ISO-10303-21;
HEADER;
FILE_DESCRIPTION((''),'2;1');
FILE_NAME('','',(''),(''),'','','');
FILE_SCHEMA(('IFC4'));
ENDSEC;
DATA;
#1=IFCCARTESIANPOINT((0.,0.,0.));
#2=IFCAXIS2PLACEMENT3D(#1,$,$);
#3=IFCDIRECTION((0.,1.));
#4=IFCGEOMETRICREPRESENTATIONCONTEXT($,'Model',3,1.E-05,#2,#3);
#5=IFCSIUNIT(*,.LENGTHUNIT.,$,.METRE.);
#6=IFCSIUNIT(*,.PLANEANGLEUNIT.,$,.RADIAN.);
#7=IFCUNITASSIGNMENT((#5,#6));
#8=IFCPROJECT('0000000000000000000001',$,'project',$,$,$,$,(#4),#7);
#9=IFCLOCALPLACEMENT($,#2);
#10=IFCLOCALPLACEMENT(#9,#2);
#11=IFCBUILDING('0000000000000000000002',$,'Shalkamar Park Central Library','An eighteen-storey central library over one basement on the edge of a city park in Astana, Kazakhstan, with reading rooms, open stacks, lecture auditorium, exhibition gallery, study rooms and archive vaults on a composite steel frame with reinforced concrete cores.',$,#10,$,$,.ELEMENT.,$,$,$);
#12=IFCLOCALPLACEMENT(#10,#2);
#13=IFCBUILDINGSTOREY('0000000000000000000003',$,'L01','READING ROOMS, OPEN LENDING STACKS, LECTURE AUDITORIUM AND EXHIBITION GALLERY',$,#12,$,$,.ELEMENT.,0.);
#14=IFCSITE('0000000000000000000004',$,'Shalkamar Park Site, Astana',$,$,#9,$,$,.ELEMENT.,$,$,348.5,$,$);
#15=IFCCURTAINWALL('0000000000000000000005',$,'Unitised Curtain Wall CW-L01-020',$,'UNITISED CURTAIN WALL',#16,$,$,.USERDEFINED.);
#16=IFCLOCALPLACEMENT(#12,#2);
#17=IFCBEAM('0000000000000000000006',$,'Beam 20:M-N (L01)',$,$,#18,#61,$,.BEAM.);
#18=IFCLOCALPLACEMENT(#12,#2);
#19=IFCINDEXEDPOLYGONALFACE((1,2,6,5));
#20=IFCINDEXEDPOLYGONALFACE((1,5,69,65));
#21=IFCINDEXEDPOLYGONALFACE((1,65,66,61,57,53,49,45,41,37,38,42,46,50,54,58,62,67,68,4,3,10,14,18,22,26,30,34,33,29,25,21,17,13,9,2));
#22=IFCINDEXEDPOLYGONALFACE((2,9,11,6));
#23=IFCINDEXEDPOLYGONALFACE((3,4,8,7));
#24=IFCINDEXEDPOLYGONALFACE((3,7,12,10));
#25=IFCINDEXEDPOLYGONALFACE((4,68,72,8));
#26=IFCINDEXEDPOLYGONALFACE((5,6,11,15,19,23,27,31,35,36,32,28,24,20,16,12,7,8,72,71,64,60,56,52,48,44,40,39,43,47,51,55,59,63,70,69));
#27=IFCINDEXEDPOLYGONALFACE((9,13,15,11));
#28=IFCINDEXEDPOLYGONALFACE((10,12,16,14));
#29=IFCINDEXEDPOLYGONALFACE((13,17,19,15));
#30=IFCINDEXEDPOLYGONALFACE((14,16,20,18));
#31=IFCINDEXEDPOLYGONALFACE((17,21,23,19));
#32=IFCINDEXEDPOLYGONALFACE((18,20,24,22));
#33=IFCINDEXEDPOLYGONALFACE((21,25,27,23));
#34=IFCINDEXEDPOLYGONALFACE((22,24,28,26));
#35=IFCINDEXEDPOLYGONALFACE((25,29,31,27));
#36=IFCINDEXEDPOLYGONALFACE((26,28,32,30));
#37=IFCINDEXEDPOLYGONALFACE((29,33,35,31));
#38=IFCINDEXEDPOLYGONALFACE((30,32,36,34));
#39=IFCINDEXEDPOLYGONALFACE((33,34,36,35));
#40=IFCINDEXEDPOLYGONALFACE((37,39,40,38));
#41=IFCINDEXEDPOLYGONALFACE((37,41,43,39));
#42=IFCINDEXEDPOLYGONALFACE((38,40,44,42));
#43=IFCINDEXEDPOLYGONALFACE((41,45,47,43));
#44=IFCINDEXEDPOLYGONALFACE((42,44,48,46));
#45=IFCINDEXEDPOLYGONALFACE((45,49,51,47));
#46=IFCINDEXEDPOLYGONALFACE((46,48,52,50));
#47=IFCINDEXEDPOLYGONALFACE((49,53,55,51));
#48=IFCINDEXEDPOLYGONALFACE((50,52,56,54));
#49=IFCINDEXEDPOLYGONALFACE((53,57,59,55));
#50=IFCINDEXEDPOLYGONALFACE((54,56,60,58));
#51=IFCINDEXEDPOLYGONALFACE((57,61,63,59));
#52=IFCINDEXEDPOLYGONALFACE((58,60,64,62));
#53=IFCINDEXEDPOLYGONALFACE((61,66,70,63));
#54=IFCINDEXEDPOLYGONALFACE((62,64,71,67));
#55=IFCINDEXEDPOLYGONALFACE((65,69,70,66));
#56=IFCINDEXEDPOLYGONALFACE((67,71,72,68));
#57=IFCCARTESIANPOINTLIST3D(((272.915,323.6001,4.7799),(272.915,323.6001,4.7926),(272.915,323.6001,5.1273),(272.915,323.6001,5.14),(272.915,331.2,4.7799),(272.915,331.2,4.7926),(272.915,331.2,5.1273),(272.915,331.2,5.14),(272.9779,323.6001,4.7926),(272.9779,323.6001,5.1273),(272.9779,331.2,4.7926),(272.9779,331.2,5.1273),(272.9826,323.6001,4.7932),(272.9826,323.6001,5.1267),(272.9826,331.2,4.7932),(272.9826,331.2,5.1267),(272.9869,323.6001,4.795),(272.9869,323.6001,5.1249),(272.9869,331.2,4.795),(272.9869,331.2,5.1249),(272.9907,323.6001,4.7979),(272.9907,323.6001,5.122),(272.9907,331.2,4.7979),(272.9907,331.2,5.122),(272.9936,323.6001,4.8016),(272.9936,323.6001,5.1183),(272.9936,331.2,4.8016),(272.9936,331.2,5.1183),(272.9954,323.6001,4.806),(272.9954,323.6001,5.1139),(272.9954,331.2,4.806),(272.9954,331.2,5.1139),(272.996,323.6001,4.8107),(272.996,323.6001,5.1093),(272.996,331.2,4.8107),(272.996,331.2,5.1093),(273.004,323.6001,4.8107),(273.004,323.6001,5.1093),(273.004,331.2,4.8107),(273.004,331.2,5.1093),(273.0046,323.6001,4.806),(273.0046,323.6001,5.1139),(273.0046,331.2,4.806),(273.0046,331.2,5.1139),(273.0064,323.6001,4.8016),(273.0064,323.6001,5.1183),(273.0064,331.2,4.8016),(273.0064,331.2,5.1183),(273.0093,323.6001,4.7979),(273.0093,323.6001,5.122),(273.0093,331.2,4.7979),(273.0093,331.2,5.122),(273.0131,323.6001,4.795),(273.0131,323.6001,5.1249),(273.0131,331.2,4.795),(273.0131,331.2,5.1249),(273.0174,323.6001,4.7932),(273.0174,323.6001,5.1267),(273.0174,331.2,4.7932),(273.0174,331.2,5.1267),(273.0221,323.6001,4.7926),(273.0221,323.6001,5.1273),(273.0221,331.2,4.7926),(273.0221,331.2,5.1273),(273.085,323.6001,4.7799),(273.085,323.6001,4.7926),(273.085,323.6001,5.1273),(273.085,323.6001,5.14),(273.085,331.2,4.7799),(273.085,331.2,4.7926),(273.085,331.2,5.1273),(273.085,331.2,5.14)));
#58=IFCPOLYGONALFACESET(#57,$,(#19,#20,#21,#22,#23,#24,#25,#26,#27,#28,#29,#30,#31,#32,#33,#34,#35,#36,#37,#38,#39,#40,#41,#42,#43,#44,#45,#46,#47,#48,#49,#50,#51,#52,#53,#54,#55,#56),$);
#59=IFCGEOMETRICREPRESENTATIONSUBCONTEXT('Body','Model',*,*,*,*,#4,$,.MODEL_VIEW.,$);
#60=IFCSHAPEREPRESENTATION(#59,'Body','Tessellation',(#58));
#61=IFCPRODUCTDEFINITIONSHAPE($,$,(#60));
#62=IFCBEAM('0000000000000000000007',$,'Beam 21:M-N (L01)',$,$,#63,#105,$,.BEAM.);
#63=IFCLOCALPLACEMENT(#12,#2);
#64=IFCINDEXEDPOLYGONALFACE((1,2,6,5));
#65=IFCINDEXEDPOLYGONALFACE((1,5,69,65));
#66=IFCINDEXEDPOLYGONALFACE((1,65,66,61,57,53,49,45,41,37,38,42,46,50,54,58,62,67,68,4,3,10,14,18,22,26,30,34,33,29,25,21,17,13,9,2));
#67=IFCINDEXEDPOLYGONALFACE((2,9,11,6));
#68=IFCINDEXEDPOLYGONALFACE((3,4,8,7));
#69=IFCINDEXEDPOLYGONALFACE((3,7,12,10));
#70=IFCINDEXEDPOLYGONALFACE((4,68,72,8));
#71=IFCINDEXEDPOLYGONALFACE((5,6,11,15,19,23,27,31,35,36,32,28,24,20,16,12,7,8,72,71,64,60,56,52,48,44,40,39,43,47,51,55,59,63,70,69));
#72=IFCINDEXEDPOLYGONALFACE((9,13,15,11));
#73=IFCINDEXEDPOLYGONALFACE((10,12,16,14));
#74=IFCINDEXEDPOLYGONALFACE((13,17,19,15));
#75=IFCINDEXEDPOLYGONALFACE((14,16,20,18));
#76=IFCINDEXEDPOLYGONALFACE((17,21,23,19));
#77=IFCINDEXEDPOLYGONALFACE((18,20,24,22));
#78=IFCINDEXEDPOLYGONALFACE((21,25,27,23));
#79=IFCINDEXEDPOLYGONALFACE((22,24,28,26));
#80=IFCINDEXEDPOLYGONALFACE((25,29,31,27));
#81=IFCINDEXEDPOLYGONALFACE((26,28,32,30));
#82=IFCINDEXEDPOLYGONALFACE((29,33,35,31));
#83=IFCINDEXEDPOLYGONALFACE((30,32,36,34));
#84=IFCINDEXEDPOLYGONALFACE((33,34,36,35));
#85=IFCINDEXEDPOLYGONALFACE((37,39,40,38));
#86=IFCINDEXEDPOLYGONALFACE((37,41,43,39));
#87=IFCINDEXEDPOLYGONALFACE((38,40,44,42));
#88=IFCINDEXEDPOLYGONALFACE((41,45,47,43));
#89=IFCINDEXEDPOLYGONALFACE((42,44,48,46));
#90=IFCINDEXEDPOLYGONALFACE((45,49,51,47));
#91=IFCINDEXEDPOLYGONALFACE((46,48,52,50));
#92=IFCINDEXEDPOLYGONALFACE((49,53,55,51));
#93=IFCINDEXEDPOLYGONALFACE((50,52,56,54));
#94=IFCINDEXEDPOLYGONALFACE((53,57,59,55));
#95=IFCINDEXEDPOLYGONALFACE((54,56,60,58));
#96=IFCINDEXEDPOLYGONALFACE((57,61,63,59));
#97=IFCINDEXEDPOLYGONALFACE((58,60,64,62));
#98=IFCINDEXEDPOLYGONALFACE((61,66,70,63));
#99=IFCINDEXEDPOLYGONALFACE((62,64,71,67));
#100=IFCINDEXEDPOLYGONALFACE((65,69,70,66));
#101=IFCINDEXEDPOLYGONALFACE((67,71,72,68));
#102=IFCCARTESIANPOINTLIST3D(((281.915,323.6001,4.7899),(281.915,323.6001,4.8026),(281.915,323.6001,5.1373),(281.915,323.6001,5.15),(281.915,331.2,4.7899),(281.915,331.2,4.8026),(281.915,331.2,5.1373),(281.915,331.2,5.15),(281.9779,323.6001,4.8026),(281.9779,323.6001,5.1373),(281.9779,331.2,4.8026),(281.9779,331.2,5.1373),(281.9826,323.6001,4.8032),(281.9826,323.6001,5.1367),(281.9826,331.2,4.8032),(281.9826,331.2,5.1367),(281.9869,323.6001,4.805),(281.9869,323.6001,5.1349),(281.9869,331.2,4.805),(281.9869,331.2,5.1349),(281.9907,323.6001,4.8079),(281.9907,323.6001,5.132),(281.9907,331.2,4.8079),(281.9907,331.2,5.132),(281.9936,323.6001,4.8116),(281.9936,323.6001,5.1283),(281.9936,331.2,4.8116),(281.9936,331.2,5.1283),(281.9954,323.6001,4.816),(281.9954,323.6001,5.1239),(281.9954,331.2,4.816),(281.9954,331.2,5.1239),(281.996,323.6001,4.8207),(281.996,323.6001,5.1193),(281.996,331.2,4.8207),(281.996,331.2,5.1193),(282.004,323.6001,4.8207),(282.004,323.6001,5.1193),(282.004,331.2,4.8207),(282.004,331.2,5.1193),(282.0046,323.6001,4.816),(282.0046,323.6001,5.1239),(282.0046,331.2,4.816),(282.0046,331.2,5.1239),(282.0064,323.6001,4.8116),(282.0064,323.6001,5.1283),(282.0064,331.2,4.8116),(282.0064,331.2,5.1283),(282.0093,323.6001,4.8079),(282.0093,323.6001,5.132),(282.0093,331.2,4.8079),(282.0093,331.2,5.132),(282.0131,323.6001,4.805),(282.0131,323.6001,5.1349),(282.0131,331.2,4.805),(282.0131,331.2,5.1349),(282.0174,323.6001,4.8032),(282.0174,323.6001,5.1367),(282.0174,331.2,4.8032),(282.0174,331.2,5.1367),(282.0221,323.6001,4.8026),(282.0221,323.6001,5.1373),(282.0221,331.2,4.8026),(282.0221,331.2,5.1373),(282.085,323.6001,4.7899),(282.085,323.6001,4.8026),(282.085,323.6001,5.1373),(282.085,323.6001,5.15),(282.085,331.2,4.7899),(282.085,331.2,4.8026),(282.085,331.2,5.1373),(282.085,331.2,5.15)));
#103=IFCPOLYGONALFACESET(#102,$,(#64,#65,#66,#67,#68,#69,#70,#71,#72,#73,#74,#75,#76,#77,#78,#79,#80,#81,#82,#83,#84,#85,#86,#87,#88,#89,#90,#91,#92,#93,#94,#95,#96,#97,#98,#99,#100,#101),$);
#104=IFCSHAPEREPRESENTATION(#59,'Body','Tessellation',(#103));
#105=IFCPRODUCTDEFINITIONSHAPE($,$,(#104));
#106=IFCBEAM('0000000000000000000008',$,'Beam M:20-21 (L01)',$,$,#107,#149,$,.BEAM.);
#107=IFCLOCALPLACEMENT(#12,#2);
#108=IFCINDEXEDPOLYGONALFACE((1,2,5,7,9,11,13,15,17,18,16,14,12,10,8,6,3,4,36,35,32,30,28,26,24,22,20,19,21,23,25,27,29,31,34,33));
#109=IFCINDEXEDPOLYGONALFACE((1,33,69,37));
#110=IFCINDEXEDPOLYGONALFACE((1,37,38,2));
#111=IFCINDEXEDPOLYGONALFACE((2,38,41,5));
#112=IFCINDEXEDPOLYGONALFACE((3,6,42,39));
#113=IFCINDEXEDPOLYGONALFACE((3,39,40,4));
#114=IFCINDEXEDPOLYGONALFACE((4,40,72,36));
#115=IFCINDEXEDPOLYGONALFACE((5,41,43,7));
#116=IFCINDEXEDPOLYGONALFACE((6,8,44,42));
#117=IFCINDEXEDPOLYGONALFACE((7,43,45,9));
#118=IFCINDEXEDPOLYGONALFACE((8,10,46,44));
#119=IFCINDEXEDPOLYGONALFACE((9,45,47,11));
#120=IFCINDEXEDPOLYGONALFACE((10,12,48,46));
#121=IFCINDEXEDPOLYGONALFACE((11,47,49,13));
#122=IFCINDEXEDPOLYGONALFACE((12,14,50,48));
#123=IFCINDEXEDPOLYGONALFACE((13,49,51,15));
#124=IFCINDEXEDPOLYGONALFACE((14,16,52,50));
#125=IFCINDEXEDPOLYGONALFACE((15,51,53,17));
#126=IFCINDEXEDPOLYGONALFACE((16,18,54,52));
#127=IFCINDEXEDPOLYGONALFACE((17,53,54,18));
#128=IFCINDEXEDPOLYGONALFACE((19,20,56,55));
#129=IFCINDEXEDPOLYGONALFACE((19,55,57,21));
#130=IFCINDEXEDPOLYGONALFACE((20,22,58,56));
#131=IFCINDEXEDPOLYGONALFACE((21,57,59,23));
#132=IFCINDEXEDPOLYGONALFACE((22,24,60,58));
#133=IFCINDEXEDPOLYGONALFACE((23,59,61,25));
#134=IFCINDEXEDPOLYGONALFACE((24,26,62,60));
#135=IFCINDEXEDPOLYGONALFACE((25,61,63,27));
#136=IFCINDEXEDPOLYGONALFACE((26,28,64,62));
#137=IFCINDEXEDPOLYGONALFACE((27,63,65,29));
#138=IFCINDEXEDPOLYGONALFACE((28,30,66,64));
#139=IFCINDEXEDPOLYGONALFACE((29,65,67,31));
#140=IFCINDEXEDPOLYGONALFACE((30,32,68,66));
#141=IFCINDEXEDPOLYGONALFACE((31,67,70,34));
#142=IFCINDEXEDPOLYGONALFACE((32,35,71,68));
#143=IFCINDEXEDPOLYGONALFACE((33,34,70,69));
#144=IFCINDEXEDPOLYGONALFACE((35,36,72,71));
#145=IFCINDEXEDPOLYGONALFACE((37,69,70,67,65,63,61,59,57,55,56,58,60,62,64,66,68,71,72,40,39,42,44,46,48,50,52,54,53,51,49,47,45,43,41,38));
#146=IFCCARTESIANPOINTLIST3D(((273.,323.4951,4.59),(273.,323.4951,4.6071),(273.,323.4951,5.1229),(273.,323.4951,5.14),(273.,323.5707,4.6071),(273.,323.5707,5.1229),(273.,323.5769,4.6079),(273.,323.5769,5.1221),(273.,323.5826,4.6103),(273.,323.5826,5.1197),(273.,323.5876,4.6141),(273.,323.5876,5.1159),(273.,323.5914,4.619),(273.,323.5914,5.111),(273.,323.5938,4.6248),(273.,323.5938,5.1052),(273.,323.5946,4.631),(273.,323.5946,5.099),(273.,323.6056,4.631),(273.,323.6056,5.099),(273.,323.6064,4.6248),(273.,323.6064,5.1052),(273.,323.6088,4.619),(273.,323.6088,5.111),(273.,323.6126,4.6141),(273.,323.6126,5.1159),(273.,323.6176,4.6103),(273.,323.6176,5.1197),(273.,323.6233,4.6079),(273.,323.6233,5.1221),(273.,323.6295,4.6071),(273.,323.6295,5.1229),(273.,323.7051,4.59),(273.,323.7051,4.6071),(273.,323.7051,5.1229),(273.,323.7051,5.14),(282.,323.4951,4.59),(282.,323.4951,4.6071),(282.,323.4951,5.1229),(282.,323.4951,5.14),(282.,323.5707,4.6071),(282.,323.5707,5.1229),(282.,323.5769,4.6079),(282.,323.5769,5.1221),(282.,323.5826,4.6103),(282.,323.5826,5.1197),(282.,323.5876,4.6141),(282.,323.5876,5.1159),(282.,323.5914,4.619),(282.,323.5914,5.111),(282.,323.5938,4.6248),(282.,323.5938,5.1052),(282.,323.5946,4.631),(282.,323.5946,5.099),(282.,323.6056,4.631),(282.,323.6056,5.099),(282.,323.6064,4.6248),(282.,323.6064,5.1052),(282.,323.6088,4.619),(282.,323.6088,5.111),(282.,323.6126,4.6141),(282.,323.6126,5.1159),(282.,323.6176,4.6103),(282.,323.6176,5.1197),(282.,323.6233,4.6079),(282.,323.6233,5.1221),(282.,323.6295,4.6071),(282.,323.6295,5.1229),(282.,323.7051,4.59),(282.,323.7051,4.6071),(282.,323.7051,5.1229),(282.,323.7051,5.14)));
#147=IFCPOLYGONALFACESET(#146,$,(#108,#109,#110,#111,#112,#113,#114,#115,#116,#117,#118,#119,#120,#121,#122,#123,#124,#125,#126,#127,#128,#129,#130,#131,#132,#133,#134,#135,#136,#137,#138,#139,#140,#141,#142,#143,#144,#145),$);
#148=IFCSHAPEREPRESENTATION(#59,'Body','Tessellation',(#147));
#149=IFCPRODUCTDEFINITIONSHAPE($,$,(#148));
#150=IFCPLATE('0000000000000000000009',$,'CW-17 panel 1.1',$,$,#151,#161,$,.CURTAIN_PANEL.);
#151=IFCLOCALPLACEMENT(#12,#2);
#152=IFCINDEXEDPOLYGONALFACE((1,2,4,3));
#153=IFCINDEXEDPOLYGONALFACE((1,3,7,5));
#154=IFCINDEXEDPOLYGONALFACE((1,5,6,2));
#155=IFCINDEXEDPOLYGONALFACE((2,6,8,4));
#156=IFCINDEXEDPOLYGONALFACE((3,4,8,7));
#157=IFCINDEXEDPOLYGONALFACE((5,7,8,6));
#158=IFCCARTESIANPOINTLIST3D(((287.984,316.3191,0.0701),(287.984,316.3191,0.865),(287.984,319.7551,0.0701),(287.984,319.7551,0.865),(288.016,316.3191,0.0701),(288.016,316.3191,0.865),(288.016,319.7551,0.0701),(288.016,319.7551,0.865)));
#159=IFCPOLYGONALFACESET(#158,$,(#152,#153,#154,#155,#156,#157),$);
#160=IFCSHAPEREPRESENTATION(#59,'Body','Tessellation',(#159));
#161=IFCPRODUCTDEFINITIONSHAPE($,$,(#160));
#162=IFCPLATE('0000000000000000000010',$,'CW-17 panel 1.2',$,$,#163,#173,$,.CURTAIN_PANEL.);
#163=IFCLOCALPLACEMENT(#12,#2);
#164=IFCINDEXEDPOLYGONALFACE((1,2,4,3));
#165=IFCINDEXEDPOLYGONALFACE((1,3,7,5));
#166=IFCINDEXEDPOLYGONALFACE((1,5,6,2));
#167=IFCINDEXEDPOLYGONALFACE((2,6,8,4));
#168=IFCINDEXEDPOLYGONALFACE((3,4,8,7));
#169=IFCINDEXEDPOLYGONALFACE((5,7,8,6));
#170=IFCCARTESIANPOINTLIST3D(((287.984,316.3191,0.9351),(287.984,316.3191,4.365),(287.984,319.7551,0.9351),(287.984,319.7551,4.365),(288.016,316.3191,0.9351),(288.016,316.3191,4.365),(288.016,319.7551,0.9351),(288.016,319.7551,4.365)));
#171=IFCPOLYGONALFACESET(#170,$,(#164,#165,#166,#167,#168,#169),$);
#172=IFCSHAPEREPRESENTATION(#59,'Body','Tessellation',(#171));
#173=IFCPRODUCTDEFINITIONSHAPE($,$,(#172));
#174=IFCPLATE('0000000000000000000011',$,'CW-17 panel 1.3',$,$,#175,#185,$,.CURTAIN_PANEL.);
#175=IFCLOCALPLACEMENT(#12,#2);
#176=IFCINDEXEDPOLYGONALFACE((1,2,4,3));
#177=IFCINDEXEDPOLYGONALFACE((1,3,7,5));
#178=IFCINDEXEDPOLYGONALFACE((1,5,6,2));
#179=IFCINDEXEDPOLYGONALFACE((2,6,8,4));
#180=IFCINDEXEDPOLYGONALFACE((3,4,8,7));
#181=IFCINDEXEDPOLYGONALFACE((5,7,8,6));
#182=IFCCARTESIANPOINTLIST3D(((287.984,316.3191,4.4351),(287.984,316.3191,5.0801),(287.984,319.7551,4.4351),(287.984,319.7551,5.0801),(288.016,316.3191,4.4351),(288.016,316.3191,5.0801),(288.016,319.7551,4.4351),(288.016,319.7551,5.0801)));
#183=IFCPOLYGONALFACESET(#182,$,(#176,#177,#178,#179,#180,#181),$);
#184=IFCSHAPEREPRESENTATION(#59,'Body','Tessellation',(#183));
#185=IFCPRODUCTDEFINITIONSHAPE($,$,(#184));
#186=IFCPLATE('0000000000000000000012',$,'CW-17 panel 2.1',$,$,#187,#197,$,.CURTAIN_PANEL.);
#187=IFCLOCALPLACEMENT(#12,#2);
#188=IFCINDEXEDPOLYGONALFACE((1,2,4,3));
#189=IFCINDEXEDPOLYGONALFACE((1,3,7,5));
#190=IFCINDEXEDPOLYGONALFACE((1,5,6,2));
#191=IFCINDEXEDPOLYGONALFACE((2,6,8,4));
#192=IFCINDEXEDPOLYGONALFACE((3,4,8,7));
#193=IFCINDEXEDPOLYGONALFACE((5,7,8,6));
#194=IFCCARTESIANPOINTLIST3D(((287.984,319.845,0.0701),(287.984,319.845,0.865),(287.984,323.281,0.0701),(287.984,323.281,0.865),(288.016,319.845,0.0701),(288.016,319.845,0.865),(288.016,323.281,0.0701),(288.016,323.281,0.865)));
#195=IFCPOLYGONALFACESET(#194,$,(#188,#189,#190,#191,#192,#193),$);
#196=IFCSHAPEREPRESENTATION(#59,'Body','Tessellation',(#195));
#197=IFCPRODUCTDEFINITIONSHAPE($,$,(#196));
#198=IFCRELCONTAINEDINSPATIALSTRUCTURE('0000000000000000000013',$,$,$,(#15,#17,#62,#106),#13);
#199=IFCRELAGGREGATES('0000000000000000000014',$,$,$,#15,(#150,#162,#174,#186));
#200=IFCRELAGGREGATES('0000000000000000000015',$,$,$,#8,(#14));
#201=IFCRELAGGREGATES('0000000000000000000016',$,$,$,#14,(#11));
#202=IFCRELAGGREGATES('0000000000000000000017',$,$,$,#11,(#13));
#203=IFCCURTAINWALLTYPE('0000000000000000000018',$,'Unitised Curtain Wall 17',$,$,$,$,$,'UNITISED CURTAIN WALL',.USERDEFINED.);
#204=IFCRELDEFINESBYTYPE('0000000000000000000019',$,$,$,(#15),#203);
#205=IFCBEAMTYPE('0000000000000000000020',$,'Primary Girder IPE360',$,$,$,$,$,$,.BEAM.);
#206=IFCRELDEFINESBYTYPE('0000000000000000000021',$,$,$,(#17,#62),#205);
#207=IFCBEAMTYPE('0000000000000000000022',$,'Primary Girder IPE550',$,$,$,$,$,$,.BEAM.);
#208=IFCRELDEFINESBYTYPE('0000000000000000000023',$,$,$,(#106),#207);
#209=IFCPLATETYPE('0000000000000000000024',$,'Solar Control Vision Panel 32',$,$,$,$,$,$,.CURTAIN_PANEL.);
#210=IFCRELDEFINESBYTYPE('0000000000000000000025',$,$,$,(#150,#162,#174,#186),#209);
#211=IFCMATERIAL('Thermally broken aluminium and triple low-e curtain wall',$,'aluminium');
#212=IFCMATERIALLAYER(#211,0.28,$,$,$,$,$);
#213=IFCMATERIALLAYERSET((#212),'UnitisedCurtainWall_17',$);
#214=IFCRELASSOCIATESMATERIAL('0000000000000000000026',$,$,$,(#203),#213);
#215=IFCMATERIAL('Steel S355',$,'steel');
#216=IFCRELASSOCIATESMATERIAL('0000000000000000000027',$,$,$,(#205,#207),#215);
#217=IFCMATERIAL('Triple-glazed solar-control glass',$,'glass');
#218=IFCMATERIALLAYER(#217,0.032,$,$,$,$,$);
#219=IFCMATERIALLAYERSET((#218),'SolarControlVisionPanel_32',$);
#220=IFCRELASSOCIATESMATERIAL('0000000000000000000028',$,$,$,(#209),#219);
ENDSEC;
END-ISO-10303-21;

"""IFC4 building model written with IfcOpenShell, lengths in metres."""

from ifc_helpers import new_model, si_unit, direction, frame, origin, origin_2d, place, context, subcontext, project, spatial, rectangle, i_section, extrude, material, layer, layer_set, material_profile, profile_set, type_object, element, aggregate, save


model = new_model("IFC4")

# Units and contexts
model_context = context("Model", 3, precision=1e-05, world=origin(), true_north=direction((0.0, 1.0)))
body_context = subcontext(model_context, "Body", "Model", "MODEL_VIEW")
ifc_project = project(units=[si_unit("LENGTHUNIT", "METRE"), si_unit("PLANEANGLEUNIT", "RADIAN")], contexts=[model_context])

# Site, building, storey
site_placement = place(None, origin())
site = spatial("IfcSite", under=ifc_project, at=site_placement, Name="Shalkamar Park Site, Astana", CompositionType="ELEMENT", RefElevation=348.5)
building_placement = place(site_placement, origin())
building = spatial("IfcBuilding", under=site, at=building_placement, Name="Shalkamar Park Central Library", Description="An eighteen-storey central library over one basement on the edge of a city park in Astana, Kazakhstan, with reading rooms, open stacks, lecture auditorium, exhibition gallery, study rooms and archive vaults on a composite steel frame with reinforced concrete cores.", CompositionType="ELEMENT")
storey_placement = place(building_placement, origin())
storey = spatial("IfcBuildingStorey", under=building, at=storey_placement, Name="L01", Description="READING ROOMS, OPEN LENDING STACKS, LECTURE AUDITORIUM AND EXHIBITION GALLERY", CompositionType="ELEMENT", Elevation=0.0)

# Shared definitions
ifc_material_1 = material(Name="Steel S355", Category="steel")

# Curtain wall
ifc_material_2 = material(Name="Thermally broken aluminium and triple low-e curtain wall", Category="aluminium")
ifc_layer_1 = layer(ifc_material_2, 0.28)
ifc_layer_set_1 = layer_set([ifc_layer_1], Name="UnitisedCurtainWall_17")
curtain_wall_type = type_object("IfcCurtainWallType", Name="Unitised Curtain Wall 17", ElementType="UNITISED CURTAIN WALL", PredefinedType="USERDEFINED", material=ifc_layer_set_1)
curtain_wall_placement = place(storey_placement, origin())
curtain_wall = element("IfcCurtainWall", 1, at=curtain_wall_placement, inside=storey, type_object=curtain_wall_type, Name="Unitised Curtain Wall CW-L01-020", ObjectType="UNITISED CURTAIN WALL", PredefinedType="USERDEFINED")

# Beams
ifc_material_profile_1 = material_profile(ifc_material_1, i_section(OverallWidth=0.1699, OverallDepth=0.3601, WebThickness=0.0081, FlangeThickness=0.0127, FilletRadius=0.0181, at=origin_2d()), Name="IPE 360")
ifc_profile_set_1 = profile_set([ifc_material_profile_1], Name="Steel S355")
beam_type_1 = type_object("IfcBeamType", Name="Primary Girder IPE360", PredefinedType="BEAM", material=ifc_profile_set_1)
for number, where, z_axis, x_axis, name in (
    (2, (273.0, 323.6001, 4.96), (0.0, 1.0, 0.0), (-1.0, 0.0, 0.0), "Beam 20:M-N (L01)"),
    (3, (282.0, 323.6001, 4.97), (0.0, 1.0, 0.0), (-1.0, 0.0, 0.0), "Beam 21:M-N (L01)"),
):
    element("IfcBeam", number, at=place(storey_placement, frame(where, z_axis=z_axis, x_axis=x_axis)), inside=storey, type_object=beam_type_1, Name=name, PredefinedType="BEAM", context=body_context, shape_type="SweptSolid", body=[
        extrude(i_section(OverallWidth=0.1699, OverallDepth=0.3601, WebThickness=0.0081, FlangeThickness=0.0127, FilletRadius=0.0181, at=origin_2d()), origin(), (0.0, 0.0, 1.0), 7.5999),
    ])
ifc_material_profile_2 = material_profile(ifc_material_1, i_section(OverallWidth=0.21, OverallDepth=0.55, WebThickness=0.011, FlangeThickness=0.0171, FilletRadius=0.0239, at=origin_2d()), Name="IPE 550")
ifc_profile_set_2 = profile_set([ifc_material_profile_2], Name="Steel S355")
beam_type_2 = type_object("IfcBeamType", Name="Primary Girder IPE550", PredefinedType="BEAM", material=ifc_profile_set_2)
beam_1_placement = place(storey_placement, frame((273.0, 323.6001, 4.865), z_axis=(1.0, 0.0, 0.0), x_axis=(0.0, 1.0, 0.0)))
element("IfcBeam", 4, at=beam_1_placement, inside=storey, type_object=beam_type_2, Name="Beam M:20-21 (L01)", PredefinedType="BEAM", context=body_context, shape_type="SweptSolid", body=[
    extrude(i_section(OverallWidth=0.21, OverallDepth=0.55, WebThickness=0.011, FlangeThickness=0.0171, FilletRadius=0.0239, at=origin_2d()), origin(), (0.0, 0.0, 1.0), 9.0),
])

# Plates
ifc_material_3 = material(Name="Triple-glazed solar-control glass", Category="glass")
ifc_layer_2 = layer(ifc_material_3, 0.032)
ifc_layer_set_2 = layer_set([ifc_layer_2], Name="SolarControlVisionPanel_32")
plate_type = type_object("IfcPlateType", Name="Solar Control Vision Panel 32", PredefinedType="CURTAIN_PANEL", material=ifc_layer_set_2)
plate_1_placement = place(storey_placement, frame((288.0, 318.0371, 0.0701), z_axis=(0.0, 0.0, 1.0), x_axis=(0.0, 1.0, 0.0)))
plate_1 = element("IfcPlate", 5, at=plate_1_placement, type_object=plate_type, Name="CW-17 panel 1.1", PredefinedType="CURTAIN_PANEL", context=body_context, shape_type="SweptSolid", body=[
    extrude(rectangle(XDim=3.436, YDim=0.032, at=origin_2d()), origin(), (0.0, 0.0, 1.0), 0.7949),
])
plate_2_placement = place(storey_placement, frame((288.0, 318.0371, 0.9351), z_axis=(0.0, 0.0, 1.0), x_axis=(0.0, 1.0, 0.0)))
plate_2 = element("IfcPlate", 6, at=plate_2_placement, type_object=plate_type, Name="CW-17 panel 1.2", PredefinedType="CURTAIN_PANEL", context=body_context, shape_type="SweptSolid", body=[
    extrude(rectangle(XDim=3.436, YDim=0.032, at=origin_2d()), origin(), (0.0, 0.0, 1.0), 3.4299),
])
plate_3_placement = place(storey_placement, frame((288.0, 318.0371, 4.4351), z_axis=(0.0, 0.0, 1.0), x_axis=(0.0, 1.0, 0.0)))
plate_3 = element("IfcPlate", 7, at=plate_3_placement, type_object=plate_type, Name="CW-17 panel 1.3", PredefinedType="CURTAIN_PANEL", context=body_context, shape_type="SweptSolid", body=[
    extrude(rectangle(XDim=3.436, YDim=0.032, at=origin_2d()), origin(), (0.0, 0.0, 1.0), 0.645),
])
plate_4_placement = place(storey_placement, frame((288.0, 321.563, 0.0701), z_axis=(0.0, 0.0, 1.0), x_axis=(0.0, 1.0, 0.0)))
plate_4 = element("IfcPlate", 8, at=plate_4_placement, type_object=plate_type, Name="CW-17 panel 2.1", PredefinedType="CURTAIN_PANEL", context=body_context, shape_type="SweptSolid", body=[
    extrude(rectangle(XDim=3.436, YDim=0.032, at=origin_2d()), origin(), (0.0, 0.0, 1.0), 0.7949),
])
aggregate(curtain_wall, [plate_1, plate_2, plate_3, plate_4])

save(model, "model.ifc")
